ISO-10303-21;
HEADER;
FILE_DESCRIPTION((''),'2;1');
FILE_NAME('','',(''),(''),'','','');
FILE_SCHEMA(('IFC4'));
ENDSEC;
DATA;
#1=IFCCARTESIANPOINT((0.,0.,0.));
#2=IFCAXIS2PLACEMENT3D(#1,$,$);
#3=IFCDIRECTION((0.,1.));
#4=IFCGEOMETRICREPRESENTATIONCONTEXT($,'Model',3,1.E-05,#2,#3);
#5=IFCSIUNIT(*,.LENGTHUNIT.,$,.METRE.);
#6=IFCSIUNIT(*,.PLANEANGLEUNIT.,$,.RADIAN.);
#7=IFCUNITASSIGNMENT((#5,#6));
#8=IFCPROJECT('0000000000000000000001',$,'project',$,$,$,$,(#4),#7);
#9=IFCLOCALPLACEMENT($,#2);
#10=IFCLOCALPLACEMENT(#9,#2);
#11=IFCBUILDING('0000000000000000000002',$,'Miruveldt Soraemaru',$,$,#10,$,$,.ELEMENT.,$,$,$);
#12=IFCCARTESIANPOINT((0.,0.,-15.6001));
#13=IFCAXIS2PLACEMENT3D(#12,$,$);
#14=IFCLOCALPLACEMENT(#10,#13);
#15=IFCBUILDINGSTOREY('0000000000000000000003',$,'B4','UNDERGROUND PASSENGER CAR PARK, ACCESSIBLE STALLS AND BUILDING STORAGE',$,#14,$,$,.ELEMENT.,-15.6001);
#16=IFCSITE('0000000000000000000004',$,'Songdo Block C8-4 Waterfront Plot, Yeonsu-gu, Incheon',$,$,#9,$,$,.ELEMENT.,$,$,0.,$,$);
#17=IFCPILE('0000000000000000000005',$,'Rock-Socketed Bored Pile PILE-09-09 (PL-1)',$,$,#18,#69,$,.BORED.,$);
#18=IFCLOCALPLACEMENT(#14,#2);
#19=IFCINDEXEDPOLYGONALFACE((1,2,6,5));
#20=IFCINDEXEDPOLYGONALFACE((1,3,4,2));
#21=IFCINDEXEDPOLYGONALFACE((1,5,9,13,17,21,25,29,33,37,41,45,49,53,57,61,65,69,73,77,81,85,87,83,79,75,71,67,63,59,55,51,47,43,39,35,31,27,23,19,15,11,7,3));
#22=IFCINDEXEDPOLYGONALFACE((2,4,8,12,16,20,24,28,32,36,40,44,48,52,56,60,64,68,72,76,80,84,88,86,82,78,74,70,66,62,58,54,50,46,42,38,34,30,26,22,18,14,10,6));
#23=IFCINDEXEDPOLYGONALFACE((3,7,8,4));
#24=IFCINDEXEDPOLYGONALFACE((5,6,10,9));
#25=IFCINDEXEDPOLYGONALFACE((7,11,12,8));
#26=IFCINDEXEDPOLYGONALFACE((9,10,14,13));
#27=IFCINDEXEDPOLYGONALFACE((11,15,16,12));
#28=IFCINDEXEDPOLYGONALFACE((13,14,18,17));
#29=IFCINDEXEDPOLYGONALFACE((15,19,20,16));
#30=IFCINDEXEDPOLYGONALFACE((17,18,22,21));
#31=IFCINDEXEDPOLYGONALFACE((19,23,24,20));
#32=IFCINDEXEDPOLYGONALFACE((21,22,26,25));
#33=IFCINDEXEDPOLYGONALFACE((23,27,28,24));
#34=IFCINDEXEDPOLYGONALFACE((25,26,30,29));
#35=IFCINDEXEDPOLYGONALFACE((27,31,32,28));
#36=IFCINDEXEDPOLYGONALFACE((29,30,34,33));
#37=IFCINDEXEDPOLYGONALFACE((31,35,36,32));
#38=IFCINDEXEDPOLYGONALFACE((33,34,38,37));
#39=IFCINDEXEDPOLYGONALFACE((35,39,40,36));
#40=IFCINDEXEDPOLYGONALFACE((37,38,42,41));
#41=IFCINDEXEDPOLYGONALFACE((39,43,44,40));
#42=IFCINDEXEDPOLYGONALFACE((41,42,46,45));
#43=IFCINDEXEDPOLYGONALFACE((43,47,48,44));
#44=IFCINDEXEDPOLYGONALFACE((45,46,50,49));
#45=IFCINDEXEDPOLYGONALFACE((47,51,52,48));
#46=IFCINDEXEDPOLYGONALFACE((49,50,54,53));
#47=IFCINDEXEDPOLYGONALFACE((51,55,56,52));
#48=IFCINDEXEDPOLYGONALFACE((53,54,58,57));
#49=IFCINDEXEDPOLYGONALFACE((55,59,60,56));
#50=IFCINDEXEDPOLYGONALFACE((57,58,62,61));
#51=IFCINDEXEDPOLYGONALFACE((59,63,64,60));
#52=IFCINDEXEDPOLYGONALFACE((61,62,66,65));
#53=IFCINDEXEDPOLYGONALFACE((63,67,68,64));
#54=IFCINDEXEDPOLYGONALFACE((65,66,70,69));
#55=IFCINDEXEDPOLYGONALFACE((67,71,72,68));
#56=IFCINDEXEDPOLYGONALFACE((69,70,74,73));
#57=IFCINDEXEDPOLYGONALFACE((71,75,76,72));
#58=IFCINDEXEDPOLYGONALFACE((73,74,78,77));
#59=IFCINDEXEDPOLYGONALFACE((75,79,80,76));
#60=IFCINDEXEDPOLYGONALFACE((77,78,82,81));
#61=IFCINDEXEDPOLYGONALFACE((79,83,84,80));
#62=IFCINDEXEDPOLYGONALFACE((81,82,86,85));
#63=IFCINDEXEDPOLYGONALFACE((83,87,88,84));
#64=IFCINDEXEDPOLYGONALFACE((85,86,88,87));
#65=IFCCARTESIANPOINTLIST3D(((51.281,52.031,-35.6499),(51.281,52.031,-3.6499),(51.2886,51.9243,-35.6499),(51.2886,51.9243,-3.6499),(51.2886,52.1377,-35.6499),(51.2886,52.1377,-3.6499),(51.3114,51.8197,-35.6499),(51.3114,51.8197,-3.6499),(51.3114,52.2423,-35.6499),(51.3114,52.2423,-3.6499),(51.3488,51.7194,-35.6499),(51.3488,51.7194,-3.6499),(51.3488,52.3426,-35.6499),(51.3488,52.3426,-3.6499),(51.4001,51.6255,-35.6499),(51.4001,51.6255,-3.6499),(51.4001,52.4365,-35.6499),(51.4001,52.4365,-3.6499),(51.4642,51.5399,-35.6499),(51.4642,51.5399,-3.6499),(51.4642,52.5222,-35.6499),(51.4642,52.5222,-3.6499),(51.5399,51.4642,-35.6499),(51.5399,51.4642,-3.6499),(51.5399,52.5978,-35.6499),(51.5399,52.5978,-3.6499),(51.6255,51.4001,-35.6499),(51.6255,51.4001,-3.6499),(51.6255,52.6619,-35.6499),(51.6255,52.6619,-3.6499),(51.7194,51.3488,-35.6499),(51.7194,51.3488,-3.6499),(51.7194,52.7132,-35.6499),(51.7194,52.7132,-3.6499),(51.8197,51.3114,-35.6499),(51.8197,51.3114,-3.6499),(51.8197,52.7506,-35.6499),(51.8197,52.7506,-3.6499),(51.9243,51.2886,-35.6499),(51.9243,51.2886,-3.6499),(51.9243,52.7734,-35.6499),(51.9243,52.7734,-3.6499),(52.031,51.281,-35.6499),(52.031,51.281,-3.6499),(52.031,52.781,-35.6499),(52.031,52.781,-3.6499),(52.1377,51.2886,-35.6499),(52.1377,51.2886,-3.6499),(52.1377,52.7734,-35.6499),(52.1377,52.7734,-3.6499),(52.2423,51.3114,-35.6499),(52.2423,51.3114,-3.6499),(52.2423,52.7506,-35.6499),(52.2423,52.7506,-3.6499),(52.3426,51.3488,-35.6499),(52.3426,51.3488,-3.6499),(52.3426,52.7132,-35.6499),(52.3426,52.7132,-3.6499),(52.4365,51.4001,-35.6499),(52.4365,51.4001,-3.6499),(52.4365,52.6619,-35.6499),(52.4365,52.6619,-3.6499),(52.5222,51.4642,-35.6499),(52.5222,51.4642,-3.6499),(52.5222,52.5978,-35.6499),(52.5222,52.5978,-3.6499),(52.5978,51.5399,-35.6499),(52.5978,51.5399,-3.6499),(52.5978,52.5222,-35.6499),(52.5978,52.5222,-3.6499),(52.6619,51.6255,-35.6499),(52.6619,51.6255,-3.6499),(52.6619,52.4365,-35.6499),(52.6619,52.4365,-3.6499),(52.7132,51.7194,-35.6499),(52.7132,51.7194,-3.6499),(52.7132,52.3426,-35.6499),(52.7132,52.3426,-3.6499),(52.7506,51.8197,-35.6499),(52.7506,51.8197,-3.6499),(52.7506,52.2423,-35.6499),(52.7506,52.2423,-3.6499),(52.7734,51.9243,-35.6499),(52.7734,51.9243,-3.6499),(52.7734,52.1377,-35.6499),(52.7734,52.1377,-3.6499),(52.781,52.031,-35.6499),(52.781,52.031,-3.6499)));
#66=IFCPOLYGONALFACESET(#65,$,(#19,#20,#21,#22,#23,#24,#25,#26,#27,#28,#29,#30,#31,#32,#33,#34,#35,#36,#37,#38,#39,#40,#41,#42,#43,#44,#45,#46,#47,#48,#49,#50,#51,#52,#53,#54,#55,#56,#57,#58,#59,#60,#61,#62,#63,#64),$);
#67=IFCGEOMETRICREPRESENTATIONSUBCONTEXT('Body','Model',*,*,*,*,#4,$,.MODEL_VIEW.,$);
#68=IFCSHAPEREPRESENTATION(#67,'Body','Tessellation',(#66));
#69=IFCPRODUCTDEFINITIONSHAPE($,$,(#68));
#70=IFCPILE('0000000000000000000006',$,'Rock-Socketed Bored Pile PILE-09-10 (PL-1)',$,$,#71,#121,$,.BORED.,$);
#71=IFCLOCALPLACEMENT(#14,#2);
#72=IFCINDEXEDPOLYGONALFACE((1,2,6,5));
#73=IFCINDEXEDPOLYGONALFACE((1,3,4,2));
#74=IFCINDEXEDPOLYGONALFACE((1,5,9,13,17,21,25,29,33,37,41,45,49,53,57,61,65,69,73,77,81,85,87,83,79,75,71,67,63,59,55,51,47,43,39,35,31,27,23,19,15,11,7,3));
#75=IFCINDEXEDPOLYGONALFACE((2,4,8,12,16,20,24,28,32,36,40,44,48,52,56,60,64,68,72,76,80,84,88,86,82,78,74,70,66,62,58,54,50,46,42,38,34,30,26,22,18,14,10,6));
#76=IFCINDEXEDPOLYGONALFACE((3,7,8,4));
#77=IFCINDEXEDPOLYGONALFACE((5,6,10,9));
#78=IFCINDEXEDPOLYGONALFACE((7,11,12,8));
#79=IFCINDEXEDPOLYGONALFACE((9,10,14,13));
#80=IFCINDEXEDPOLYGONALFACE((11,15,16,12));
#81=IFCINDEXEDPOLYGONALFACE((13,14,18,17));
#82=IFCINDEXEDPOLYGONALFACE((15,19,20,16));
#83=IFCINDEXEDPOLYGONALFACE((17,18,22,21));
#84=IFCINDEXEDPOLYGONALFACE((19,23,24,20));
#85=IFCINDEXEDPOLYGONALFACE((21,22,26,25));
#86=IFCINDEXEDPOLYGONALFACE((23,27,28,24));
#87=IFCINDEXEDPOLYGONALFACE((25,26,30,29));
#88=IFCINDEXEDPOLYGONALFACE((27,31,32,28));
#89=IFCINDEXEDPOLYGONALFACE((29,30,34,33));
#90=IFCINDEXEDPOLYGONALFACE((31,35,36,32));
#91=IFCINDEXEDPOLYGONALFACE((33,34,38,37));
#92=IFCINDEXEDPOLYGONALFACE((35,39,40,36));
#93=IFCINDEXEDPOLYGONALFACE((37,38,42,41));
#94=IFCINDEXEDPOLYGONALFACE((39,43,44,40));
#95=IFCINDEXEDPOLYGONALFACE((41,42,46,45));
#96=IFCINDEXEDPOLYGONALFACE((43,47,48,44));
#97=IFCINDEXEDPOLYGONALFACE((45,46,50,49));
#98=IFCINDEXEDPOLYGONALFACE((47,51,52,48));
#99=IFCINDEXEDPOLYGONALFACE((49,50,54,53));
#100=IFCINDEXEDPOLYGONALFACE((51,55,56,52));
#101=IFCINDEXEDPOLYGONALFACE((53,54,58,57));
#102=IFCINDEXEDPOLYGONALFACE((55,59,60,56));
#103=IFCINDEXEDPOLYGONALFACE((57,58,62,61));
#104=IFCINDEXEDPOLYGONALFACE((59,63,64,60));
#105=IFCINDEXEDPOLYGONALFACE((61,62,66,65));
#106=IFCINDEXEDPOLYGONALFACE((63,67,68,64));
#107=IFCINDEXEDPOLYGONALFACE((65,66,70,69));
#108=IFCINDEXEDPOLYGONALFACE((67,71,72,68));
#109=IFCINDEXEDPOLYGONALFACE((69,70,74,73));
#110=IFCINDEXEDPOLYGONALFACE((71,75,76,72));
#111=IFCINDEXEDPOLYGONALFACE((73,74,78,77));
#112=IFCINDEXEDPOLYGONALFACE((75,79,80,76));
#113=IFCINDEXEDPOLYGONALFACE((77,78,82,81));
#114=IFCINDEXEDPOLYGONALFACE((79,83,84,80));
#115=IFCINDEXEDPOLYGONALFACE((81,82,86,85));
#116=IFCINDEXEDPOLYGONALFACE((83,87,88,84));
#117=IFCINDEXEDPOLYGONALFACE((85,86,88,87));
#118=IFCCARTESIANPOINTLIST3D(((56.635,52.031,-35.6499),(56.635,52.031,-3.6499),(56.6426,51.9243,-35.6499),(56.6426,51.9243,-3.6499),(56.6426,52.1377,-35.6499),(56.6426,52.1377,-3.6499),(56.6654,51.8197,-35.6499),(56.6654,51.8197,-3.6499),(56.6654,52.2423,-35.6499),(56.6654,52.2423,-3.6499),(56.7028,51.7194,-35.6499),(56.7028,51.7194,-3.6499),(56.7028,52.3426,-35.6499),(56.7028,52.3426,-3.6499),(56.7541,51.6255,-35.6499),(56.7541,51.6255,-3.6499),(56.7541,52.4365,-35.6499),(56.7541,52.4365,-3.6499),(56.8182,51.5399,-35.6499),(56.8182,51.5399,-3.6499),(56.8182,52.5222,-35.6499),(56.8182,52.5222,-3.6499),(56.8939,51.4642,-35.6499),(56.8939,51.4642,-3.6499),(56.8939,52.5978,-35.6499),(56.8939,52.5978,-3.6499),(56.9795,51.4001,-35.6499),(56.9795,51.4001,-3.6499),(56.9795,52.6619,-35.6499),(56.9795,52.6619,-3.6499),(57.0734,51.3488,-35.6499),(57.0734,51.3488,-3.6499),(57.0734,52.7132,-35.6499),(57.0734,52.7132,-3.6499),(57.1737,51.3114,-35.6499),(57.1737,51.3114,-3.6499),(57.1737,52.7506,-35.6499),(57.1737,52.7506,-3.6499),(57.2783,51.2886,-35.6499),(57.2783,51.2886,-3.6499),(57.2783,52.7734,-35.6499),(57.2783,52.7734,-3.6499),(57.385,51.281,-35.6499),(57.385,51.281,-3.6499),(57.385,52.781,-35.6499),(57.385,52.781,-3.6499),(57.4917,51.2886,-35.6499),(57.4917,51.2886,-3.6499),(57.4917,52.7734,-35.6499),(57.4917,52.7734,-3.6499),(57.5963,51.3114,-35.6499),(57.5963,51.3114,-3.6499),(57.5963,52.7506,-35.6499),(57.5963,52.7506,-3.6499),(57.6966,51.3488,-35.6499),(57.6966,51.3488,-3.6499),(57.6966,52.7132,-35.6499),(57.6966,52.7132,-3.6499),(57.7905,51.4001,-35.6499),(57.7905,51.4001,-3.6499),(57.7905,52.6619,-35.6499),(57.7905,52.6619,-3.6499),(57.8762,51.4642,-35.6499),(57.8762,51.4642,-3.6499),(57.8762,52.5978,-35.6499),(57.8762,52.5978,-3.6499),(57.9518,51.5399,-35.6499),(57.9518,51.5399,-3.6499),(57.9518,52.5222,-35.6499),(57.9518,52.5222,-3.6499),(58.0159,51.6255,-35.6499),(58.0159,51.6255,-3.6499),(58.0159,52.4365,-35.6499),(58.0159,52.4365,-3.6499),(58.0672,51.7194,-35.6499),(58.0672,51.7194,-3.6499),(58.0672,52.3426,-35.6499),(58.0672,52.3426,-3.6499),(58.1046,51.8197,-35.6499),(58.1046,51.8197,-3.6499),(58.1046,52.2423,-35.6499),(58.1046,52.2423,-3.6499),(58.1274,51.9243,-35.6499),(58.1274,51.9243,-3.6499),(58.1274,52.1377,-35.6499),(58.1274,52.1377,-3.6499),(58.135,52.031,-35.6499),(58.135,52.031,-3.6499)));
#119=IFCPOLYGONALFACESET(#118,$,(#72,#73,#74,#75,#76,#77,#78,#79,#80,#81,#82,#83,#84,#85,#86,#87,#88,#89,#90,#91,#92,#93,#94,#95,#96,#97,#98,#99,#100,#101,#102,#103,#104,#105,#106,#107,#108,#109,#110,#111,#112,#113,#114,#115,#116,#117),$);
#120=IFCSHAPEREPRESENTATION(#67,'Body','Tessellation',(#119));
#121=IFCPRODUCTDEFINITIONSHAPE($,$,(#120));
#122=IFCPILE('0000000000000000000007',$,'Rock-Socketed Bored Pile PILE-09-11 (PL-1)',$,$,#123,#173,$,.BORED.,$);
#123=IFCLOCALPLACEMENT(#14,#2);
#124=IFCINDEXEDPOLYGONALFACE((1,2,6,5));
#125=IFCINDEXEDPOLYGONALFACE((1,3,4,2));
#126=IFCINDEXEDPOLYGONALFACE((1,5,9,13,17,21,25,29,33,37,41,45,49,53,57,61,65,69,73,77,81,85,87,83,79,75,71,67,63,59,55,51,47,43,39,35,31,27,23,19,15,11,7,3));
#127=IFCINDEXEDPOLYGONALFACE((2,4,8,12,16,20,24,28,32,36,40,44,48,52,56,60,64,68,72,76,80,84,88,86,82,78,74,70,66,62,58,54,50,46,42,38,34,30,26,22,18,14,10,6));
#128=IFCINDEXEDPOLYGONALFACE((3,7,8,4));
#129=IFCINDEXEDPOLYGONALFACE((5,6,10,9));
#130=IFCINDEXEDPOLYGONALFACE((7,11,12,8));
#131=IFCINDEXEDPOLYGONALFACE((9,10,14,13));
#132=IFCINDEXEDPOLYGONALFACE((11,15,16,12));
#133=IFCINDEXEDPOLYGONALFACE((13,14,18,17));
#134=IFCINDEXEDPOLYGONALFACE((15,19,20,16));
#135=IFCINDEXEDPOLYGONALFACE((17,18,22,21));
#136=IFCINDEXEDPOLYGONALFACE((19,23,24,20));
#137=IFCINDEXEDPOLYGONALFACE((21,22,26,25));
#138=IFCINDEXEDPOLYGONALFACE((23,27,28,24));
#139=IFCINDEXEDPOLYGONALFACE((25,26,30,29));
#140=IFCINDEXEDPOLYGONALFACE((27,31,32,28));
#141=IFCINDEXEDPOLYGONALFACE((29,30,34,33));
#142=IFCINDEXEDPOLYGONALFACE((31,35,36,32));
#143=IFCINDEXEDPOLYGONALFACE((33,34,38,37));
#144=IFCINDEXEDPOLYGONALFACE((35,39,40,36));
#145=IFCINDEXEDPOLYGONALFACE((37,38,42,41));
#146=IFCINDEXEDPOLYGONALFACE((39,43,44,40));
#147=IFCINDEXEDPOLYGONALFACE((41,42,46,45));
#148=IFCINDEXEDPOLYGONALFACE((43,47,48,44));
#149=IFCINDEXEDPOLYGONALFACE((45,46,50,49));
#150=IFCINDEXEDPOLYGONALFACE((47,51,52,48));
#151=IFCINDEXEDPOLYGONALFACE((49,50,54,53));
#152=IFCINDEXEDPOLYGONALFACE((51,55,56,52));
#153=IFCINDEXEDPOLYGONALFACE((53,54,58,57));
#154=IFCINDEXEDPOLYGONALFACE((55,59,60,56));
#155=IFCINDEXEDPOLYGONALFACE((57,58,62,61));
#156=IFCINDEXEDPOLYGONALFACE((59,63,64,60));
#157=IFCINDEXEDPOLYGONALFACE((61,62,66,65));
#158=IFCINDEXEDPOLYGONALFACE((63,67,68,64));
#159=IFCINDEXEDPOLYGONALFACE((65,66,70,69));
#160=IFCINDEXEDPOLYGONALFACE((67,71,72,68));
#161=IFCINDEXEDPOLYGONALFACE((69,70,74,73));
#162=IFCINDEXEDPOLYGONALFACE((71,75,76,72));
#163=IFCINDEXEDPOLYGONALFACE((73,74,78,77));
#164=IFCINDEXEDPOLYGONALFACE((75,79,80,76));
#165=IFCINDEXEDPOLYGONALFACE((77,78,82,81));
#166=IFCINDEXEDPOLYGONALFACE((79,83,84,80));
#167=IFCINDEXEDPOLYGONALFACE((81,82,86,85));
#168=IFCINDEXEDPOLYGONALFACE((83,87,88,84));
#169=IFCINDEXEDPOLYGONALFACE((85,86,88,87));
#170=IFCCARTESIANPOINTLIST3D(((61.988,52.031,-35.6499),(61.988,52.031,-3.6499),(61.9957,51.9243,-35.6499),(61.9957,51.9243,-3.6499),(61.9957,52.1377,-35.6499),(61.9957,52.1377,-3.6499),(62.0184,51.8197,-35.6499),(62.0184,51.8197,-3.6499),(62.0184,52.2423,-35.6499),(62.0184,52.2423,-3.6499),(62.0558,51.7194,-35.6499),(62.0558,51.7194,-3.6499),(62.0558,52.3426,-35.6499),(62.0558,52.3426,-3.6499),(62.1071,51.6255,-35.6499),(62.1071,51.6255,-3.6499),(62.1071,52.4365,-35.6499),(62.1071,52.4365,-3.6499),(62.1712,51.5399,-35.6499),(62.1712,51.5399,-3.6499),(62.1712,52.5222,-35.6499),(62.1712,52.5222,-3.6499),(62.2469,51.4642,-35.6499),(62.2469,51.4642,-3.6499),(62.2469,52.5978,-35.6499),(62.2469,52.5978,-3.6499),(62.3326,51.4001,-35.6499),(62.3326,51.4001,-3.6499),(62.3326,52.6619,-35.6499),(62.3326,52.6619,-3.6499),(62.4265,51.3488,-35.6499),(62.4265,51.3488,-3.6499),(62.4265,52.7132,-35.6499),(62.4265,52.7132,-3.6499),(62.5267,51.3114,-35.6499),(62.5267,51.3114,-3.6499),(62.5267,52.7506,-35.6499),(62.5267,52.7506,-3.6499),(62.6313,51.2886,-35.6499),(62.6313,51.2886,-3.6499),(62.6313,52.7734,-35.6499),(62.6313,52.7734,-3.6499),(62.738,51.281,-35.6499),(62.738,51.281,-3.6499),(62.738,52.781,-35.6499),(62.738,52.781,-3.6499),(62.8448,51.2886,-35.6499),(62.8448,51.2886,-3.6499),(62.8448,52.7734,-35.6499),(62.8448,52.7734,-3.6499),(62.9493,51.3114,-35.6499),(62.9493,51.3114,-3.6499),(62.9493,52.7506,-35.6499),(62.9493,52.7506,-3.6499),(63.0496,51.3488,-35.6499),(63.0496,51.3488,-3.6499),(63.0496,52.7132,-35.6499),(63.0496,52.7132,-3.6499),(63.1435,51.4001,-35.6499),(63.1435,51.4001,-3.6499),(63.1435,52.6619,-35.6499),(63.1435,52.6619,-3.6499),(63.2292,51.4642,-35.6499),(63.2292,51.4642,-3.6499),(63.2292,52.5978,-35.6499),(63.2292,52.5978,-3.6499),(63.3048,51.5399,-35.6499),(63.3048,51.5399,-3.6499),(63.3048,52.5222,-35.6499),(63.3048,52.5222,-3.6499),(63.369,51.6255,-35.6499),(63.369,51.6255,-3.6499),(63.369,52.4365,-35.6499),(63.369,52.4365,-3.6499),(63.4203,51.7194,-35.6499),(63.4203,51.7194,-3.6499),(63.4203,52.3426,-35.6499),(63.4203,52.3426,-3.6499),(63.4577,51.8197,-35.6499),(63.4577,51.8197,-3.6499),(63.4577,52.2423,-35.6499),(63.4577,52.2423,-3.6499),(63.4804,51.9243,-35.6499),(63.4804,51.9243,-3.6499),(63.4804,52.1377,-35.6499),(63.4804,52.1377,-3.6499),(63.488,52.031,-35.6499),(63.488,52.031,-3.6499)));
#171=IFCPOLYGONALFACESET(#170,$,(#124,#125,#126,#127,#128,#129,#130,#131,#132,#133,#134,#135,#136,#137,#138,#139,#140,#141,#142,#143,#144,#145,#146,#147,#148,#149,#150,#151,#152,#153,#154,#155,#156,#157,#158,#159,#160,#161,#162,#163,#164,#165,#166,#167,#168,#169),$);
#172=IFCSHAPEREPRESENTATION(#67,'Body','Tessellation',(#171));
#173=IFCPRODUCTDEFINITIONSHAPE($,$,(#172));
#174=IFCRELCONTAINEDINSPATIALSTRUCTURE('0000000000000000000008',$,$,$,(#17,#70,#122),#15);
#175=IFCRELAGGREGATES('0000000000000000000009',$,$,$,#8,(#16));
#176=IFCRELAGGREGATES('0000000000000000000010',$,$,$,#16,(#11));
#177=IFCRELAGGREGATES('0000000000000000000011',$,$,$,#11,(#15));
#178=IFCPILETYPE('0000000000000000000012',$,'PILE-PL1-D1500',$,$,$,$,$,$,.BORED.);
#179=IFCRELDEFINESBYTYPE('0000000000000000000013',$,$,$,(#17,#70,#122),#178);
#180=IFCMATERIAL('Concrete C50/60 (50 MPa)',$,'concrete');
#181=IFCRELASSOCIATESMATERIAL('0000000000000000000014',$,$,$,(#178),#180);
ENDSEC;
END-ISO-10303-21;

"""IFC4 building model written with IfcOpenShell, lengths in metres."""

from ifc_helpers import new_model, si_unit, direction, frame, origin, origin_2d, place, context, subcontext, project, spatial, circle, extrude, material, material_profile, profile_set, type_object, element, save


model = new_model("IFC4")

# Units and contexts
model_context = context("Model", 3, precision=1e-05, world=origin(), true_north=direction((0.0, 1.0)))
body_context = subcontext(model_context, "Body", "Model", "MODEL_VIEW")
ifc_project = project(units=[si_unit("LENGTHUNIT", "METRE"), si_unit("PLANEANGLEUNIT", "RADIAN")], contexts=[model_context])

# Site, building, storey
site_placement = place(None, origin())
site = spatial("IfcSite", under=ifc_project, at=site_placement, Name="Songdo Block C8-4 Waterfront Plot, Yeonsu-gu, Incheon", CompositionType="ELEMENT", RefElevation=0.0)
building_placement = place(site_placement, origin())
building = spatial("IfcBuilding", under=site, at=building_placement, Name="Miruveldt Soraemaru", CompositionType="ELEMENT")
storey_placement = place(building_placement, frame((0.0, 0.0, -15.6001)))
storey = spatial("IfcBuildingStorey", under=building, at=storey_placement, Name="B4", Description="UNDERGROUND PASSENGER CAR PARK, ACCESSIBLE STALLS AND BUILDING STORAGE", CompositionType="ELEMENT", Elevation=-15.6001)

# Piles
ifc_material_1 = material(Name="Concrete C50/60 (50 MPa)", Category="concrete")
ifc_material_profile_1 = material_profile(ifc_material_1, circle(Radius=0.75, at=origin_2d()), Name="Concrete C50/60 (50 MPa)", Category="concrete")
ifc_profile_set_1 = profile_set([ifc_material_profile_1], Name="Concrete C50/60 (50 MPa)")
pile_type_1 = type_object("IfcPileType", Name="PILE-PL1-D1500", PredefinedType="BORED", material=ifc_profile_set_1)
for number, where, z_axis, x_axis, name in (
    (1, (52.031, 52.031, -3.6499), (0.0, 0.0, -1.0), (1.0, 0.0, 0.0), "Rock-Socketed Bored Pile PILE-09-09 (PL-1)"),
    (2, (57.385, 52.031, -3.6499), (0.0, 0.0, -1.0), (1.0, 0.0, 0.0), "Rock-Socketed Bored Pile PILE-09-10 (PL-1)"),
    (3, (62.738, 52.031, -3.6499), (0.0, 0.0, -1.0), (1.0, 0.0, 0.0), "Rock-Socketed Bored Pile PILE-09-11 (PL-1)"),
):
    element("IfcPile", number, at=place(storey_placement, frame(where, z_axis=z_axis, x_axis=x_axis)), inside=storey, type_object=pile_type_1, Name=name, PredefinedType="BORED", context=body_context, shape_type="SweptSolid", body=[
        extrude(circle(Radius=0.75, at=origin_2d()), origin(), (0.0, 0.0, 1.0), 32.0),
    ])

save(model, "model.ifc")
